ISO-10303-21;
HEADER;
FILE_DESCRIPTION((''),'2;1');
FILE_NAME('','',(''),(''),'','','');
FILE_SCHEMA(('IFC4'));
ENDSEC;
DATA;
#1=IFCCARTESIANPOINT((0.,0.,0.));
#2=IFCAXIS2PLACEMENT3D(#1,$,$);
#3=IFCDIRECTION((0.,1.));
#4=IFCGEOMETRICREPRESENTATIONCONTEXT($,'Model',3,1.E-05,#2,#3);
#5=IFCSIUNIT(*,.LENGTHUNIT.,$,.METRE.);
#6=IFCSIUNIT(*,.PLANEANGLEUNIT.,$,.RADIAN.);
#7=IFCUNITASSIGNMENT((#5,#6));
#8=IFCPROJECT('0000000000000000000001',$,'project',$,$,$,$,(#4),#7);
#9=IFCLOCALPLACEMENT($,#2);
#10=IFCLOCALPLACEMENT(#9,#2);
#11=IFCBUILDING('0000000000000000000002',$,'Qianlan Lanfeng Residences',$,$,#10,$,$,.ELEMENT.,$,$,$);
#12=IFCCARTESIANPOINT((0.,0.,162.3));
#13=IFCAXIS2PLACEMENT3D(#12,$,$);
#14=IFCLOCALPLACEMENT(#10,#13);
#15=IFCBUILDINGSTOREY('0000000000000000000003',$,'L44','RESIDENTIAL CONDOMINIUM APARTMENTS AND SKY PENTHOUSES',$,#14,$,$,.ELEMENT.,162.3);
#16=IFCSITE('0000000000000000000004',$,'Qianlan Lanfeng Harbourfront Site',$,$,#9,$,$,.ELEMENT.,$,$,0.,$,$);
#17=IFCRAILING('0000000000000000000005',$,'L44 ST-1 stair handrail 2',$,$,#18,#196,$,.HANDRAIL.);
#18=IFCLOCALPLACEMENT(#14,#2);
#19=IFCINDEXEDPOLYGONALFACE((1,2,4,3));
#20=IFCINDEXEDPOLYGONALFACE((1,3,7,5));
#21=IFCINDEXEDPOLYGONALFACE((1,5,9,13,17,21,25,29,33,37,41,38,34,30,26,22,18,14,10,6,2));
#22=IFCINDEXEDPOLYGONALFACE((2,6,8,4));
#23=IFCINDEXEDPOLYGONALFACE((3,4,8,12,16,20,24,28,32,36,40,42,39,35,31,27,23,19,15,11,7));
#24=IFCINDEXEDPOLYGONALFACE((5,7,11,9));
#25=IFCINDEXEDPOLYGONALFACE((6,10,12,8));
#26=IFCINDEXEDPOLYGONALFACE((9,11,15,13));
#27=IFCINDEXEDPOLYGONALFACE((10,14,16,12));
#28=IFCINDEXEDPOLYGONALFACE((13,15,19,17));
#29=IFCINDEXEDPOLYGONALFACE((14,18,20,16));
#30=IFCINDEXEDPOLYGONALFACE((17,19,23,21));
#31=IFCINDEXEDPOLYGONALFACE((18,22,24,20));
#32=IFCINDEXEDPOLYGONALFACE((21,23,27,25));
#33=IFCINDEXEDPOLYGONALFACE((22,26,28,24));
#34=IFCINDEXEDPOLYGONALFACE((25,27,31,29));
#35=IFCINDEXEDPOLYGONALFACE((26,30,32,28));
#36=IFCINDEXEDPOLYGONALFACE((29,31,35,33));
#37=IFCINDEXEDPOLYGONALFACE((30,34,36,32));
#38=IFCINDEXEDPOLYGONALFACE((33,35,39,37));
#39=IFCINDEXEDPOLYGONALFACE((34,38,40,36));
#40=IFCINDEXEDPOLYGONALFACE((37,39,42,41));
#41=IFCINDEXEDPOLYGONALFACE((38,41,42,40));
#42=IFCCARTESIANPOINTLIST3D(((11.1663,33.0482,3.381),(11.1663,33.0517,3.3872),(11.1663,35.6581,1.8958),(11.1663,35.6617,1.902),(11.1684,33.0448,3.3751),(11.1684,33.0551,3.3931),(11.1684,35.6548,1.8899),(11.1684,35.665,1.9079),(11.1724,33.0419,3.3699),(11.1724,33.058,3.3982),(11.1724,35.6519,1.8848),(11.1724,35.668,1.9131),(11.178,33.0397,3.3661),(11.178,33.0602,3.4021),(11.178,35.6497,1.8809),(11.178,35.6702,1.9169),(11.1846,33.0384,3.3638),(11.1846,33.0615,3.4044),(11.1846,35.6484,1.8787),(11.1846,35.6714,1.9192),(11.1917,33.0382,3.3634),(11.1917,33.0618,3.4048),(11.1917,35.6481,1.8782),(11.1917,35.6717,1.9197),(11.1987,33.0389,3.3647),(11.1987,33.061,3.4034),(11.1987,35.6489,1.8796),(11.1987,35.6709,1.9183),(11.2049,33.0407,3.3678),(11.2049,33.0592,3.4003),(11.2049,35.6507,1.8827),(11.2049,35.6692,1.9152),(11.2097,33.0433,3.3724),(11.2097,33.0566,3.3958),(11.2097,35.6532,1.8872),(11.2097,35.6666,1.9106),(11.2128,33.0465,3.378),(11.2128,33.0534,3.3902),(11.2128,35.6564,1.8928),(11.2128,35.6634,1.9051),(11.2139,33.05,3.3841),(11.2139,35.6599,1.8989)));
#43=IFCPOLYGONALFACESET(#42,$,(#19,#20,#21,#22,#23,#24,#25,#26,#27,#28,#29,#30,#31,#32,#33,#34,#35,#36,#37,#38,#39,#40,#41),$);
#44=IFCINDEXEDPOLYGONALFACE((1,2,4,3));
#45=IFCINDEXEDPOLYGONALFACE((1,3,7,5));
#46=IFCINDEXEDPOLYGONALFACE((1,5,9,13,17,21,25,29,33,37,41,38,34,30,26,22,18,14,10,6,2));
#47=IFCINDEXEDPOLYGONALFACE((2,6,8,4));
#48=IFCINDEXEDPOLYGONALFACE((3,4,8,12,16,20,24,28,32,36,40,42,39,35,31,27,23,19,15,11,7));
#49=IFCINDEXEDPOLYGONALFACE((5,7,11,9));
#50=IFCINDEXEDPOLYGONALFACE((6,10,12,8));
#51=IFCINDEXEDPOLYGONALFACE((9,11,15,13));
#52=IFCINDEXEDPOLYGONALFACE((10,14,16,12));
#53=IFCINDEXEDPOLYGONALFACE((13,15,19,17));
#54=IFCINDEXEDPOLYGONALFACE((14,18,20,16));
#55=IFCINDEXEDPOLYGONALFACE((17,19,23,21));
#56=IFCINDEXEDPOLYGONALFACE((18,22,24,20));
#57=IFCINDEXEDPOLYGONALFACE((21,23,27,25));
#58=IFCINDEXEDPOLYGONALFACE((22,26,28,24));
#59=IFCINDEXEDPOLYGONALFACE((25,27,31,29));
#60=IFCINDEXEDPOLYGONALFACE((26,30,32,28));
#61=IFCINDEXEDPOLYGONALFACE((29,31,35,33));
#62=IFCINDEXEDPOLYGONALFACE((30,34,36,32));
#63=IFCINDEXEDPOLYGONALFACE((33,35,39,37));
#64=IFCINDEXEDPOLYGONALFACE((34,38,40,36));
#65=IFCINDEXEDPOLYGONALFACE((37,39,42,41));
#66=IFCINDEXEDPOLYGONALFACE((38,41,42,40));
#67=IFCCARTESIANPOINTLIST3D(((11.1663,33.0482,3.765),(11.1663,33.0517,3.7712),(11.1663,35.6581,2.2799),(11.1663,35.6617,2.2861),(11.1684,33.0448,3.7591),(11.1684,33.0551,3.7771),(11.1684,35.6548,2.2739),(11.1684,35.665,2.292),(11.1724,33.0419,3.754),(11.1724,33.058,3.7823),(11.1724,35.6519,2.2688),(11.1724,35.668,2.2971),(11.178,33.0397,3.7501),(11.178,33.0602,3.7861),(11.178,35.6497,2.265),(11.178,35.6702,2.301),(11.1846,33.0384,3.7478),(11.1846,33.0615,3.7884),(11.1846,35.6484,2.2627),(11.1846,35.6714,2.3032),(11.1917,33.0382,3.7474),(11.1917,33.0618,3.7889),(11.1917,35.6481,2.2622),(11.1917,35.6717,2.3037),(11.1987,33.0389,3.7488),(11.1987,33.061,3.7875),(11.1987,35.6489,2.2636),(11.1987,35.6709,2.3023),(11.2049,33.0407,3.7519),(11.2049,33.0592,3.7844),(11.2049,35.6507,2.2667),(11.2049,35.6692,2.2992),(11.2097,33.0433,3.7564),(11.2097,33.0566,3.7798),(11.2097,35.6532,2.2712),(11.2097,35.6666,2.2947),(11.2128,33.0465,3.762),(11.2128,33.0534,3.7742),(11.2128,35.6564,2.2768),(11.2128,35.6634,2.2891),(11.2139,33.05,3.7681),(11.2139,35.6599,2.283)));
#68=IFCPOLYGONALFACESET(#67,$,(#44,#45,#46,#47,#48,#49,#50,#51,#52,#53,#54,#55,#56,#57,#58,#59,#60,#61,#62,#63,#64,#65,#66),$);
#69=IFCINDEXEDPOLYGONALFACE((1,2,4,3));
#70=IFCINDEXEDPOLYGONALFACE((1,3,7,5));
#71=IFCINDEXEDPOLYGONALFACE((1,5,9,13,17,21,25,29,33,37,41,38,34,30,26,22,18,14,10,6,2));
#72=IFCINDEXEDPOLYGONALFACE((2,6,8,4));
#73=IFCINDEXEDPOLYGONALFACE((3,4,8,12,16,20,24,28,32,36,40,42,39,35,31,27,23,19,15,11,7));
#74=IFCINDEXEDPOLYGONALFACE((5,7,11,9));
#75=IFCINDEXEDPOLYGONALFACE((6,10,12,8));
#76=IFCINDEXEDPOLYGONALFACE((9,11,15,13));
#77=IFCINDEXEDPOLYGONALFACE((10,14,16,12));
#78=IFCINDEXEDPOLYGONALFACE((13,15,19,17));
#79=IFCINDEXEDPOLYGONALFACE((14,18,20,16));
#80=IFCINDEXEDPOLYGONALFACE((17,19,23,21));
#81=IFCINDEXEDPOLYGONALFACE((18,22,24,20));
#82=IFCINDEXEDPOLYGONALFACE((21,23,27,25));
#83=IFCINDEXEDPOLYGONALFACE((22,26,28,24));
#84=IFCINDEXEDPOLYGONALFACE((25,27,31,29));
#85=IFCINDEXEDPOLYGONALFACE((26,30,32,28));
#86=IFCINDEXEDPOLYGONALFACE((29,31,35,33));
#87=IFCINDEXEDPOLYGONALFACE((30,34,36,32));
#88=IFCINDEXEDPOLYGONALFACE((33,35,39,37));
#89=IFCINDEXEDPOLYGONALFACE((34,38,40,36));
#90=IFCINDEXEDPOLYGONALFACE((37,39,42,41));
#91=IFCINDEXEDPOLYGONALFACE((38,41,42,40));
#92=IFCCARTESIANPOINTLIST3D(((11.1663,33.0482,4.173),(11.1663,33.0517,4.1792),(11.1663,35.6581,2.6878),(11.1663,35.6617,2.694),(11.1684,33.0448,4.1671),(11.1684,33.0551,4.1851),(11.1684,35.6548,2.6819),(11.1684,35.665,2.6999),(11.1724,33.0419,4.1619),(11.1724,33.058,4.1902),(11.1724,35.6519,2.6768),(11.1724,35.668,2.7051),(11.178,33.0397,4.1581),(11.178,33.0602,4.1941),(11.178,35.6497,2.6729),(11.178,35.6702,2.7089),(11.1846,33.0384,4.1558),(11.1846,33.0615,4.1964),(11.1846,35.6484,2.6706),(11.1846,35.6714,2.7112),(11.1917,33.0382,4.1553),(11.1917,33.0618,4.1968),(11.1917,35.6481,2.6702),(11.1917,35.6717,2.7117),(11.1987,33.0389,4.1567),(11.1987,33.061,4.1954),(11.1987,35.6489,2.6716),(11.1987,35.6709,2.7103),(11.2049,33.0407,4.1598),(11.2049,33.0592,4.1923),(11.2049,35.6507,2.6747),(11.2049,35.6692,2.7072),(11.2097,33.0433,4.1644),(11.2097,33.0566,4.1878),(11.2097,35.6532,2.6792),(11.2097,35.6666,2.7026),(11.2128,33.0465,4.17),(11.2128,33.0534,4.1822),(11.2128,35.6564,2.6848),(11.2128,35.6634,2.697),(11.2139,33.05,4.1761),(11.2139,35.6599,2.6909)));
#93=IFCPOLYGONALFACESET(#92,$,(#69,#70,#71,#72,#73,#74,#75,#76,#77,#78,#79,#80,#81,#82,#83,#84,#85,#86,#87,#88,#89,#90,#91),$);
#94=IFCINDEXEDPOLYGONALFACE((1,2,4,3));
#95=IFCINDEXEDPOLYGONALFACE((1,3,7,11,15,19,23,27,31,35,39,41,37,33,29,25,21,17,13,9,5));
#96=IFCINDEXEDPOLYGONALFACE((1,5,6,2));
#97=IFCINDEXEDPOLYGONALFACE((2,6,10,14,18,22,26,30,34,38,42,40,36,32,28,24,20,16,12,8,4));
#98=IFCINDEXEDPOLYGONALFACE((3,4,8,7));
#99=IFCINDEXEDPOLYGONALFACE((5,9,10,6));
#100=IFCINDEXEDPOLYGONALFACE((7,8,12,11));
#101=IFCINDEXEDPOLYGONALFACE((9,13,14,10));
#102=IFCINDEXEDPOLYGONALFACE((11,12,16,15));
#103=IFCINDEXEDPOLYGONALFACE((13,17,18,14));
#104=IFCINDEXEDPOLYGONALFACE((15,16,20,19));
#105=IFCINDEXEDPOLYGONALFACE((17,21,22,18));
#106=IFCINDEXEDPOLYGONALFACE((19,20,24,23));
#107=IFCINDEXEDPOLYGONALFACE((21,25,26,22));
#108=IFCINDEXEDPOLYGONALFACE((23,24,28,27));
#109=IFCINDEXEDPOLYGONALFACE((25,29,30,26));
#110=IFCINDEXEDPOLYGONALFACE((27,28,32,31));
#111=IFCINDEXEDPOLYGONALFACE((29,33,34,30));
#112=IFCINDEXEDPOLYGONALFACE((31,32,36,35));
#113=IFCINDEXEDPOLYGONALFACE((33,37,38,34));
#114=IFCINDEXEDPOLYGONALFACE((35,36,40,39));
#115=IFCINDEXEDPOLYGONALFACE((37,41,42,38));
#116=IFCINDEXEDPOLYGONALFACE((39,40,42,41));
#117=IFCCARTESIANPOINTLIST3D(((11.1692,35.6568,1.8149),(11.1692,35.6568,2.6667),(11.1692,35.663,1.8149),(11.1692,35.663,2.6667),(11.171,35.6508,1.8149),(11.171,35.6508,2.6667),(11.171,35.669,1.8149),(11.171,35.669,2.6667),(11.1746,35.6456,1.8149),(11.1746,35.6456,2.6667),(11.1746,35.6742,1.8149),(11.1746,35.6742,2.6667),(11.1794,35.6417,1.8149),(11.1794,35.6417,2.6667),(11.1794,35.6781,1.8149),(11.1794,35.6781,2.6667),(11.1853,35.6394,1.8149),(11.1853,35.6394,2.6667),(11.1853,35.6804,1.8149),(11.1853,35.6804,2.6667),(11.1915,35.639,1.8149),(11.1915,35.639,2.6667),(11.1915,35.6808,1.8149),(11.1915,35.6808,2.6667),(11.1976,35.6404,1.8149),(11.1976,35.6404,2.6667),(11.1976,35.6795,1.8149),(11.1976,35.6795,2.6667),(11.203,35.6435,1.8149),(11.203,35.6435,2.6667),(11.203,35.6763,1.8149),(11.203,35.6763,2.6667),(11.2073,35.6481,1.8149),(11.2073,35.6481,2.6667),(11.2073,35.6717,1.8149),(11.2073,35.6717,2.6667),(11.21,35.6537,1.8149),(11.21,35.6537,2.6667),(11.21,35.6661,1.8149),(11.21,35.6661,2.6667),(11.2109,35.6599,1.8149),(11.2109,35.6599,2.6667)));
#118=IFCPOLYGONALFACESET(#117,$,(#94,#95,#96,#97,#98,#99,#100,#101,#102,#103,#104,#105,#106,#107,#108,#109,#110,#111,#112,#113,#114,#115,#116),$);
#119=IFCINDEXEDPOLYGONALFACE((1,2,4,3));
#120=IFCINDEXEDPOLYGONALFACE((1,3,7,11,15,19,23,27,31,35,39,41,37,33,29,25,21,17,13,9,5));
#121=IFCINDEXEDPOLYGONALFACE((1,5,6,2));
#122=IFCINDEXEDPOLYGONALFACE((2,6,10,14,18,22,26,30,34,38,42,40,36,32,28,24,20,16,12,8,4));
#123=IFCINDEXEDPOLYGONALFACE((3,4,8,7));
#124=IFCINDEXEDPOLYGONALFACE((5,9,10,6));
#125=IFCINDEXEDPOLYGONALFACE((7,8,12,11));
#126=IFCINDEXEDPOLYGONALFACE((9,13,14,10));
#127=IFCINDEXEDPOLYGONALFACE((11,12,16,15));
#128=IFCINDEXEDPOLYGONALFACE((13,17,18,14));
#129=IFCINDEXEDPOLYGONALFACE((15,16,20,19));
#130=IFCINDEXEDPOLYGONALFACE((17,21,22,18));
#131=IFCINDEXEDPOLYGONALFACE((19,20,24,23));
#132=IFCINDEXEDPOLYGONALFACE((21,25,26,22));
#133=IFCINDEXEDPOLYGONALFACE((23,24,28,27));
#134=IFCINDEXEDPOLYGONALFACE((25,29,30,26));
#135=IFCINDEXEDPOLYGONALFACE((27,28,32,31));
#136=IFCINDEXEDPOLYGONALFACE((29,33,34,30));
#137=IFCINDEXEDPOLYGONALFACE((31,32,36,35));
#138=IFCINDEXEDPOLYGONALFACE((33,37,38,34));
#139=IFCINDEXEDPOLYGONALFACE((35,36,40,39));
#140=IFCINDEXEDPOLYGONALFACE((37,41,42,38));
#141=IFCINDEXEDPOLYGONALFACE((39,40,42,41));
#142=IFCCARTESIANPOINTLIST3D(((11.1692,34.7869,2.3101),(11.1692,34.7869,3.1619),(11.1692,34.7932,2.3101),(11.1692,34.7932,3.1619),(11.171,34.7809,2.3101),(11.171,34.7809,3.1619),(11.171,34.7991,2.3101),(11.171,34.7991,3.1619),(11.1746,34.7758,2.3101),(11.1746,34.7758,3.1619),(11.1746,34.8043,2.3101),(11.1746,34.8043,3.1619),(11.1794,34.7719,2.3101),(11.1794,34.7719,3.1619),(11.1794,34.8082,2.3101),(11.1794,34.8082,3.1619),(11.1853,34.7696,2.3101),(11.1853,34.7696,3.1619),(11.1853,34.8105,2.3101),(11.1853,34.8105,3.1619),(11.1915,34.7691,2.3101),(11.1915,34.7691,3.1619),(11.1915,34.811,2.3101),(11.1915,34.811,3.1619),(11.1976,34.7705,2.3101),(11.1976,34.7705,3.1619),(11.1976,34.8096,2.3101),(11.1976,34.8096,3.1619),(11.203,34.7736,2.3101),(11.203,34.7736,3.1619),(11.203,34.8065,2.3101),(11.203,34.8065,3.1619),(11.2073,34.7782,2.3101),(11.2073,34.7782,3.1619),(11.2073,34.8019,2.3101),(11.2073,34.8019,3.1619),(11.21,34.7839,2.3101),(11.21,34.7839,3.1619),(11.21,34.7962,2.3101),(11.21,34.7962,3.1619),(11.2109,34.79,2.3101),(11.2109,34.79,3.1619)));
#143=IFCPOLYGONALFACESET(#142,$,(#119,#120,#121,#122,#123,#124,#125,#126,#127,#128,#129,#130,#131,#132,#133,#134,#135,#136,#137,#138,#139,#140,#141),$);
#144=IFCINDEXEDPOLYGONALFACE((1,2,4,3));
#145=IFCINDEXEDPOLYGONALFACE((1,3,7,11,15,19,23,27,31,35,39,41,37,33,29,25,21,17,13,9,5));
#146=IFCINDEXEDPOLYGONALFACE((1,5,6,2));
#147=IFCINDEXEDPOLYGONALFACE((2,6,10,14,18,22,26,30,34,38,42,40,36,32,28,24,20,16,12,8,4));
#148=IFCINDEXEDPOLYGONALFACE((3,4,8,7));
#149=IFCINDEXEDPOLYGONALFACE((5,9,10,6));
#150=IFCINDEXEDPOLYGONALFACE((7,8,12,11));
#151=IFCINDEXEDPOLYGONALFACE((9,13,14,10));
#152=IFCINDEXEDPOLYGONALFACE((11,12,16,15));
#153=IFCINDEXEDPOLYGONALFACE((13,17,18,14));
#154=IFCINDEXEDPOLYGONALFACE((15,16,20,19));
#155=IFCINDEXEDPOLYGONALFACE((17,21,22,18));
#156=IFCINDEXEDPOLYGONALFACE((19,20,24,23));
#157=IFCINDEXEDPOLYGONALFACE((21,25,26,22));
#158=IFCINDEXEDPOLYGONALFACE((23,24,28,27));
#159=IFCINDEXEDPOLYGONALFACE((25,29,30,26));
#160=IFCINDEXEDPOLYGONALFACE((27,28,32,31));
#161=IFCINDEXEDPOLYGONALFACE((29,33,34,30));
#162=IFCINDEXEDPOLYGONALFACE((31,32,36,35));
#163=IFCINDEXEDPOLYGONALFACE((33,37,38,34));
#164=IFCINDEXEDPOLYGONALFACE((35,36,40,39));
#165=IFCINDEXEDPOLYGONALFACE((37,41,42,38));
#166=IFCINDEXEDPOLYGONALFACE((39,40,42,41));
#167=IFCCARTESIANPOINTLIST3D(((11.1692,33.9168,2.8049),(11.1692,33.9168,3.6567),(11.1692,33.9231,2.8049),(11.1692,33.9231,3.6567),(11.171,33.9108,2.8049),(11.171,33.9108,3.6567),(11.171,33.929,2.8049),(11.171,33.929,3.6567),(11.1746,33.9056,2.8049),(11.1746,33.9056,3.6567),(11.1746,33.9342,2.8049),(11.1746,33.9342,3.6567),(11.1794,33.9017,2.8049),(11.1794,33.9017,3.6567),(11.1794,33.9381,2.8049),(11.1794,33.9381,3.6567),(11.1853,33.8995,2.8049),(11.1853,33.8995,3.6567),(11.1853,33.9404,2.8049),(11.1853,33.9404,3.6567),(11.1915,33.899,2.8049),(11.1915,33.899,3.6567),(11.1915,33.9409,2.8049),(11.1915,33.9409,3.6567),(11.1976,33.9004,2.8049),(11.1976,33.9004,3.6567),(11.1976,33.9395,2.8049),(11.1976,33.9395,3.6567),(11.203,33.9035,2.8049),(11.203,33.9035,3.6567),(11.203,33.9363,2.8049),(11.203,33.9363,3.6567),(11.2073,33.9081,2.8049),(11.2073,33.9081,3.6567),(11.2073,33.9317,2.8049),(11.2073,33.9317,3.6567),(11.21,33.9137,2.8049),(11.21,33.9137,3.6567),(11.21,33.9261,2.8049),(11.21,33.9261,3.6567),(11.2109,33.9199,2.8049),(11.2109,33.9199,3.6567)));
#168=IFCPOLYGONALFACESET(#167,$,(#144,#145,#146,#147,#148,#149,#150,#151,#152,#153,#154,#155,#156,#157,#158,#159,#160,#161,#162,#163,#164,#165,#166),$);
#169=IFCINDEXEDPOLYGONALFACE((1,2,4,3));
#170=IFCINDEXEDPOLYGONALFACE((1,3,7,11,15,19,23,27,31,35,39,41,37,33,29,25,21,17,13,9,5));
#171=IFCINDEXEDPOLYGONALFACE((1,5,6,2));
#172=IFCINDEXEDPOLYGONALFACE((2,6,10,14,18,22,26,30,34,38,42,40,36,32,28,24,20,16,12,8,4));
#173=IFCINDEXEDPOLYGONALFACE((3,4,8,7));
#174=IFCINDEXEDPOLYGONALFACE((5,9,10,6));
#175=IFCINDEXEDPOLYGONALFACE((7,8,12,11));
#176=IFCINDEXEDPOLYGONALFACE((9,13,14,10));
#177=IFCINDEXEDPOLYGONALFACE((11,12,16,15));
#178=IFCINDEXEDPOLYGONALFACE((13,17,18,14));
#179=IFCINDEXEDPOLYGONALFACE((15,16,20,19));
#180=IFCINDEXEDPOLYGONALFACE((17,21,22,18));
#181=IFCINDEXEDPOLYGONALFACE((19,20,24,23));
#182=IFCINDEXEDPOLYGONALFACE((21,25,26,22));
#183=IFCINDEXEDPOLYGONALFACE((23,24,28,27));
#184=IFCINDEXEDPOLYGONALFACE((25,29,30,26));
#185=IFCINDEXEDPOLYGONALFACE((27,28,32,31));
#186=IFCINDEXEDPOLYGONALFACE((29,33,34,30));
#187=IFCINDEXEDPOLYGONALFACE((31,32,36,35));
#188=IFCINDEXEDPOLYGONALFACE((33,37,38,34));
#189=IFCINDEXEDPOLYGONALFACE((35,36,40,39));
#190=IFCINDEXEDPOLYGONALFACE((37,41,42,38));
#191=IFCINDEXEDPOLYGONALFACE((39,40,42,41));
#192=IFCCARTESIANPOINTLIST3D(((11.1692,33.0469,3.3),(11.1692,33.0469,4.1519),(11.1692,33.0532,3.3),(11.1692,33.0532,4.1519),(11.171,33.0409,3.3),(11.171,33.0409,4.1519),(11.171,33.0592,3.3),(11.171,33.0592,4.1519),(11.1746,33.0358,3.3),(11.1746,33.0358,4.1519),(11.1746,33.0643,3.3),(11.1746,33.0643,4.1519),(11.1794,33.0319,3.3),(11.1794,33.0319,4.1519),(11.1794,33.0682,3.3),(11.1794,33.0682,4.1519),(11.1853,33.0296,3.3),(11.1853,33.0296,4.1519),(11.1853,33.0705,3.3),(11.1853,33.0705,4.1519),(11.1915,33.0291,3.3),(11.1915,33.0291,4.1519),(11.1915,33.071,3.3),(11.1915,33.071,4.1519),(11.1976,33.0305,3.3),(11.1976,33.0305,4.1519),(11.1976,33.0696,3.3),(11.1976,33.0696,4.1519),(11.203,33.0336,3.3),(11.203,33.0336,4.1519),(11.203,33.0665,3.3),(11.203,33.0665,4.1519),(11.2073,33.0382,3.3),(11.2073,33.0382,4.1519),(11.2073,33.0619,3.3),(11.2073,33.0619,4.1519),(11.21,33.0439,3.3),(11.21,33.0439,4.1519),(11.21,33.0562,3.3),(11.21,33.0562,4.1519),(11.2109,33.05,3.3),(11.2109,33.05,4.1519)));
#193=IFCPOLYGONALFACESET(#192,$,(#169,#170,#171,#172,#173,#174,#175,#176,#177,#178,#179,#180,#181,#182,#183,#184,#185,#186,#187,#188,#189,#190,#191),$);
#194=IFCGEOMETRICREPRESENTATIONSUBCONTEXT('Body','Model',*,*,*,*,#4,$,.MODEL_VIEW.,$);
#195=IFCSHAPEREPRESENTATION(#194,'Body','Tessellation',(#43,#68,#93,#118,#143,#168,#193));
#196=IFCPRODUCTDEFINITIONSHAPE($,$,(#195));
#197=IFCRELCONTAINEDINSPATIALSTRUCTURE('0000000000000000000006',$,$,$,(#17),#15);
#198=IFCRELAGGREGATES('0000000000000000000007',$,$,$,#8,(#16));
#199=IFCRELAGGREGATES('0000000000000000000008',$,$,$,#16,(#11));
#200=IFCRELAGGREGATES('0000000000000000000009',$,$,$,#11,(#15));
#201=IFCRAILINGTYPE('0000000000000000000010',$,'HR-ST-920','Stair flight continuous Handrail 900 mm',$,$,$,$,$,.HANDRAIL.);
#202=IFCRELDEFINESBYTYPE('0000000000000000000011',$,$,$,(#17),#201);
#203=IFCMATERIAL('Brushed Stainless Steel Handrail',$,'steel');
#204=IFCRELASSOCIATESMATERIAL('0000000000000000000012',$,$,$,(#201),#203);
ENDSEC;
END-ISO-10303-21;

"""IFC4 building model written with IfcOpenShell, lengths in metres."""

from ifc_helpers import new_model, si_unit, direction, frame, origin, origin_2d, place, context, subcontext, project, spatial, circle, extrude, material, type_object, element, save


model = new_model("IFC4")

# Units and contexts
model_context = context("Model", 3, precision=1e-05, world=origin(), true_north=direction((0.0, 1.0)))
body_context = subcontext(model_context, "Body", "Model", "MODEL_VIEW")
ifc_project = project(units=[si_unit("LENGTHUNIT", "METRE"), si_unit("PLANEANGLEUNIT", "RADIAN")], contexts=[model_context])

# Site, building, storey
site_placement = place(None, origin())
site = spatial("IfcSite", under=ifc_project, at=site_placement, Name="Qianlan Lanfeng Harbourfront Site", CompositionType="ELEMENT", RefElevation=0.0)
building_placement = place(site_placement, origin())
building = spatial("IfcBuilding", under=site, at=building_placement, Name="Qianlan Lanfeng Residences", CompositionType="ELEMENT")
storey_placement = place(building_placement, frame((0.0, 0.0, 162.3)))
storey = spatial("IfcBuildingStorey", under=building, at=storey_placement, Name="L44", Description="RESIDENTIAL CONDOMINIUM APARTMENTS AND SKY PENTHOUSES", CompositionType="ELEMENT", Elevation=162.3)

# Railing
ifc_material_1 = material(Name="Brushed Stainless Steel Handrail", Category="steel")
railing_type_1 = type_object("IfcRailingType", Name="HR-ST-920", Description="Stair flight continuous Handrail 900 mm", PredefinedType="HANDRAIL", material=ifc_material_1)
railing_1_placement = place(storey_placement, frame((11.1899, 35.6599, 1.8149)))
element("IfcRailing", 1, at=railing_1_placement, inside=storey, type_object=railing_type_1, Name="L44 ST-1 stair handrail 2", PredefinedType="HANDRAIL", context=body_context, shape_type="SweptSolid", body=[
    extrude(circle(Radius=0.0239, at=origin_2d()), frame((0.0, 0.0, 0.084), z_axis=(0.0, -0.869137, 0.494571), x_axis=(1.0, 0.0, 0.0)), (0.0, 0.0, 1.0), 3.0029),
    extrude(circle(Radius=0.0239, at=origin_2d()), frame((0.0, 0.0, 0.468), z_axis=(0.0, -0.869137, 0.494571), x_axis=(1.0, 0.0, 0.0)), (0.0, 0.0, 1.0), 3.0029),
    extrude(circle(Radius=0.0239, at=origin_2d()), frame((0.0, 0.0, 0.876), z_axis=(0.0, -0.869137, 0.494571), x_axis=(1.0, 0.0, 0.0)), (0.0, 0.0, 1.0), 3.0029),
    extrude(circle(Radius=0.021, at=origin_2d()), origin(), (0.0, 0.0, 1.0), 0.8518),
    extrude(circle(Radius=0.021, at=origin_2d()), frame((0.0, -0.8699, 0.4951)), (0.0, 0.0, 1.0), 0.8518),
    extrude(circle(Radius=0.021, at=origin_2d()), frame((0.0, -1.74, 0.99)), (0.0, 0.0, 1.0), 0.8518),
    extrude(circle(Radius=0.021, at=origin_2d()), frame((0.0, -2.6099, 1.4851)), (0.0, 0.0, 1.0), 0.8518),
])

save(model, "model.ifc")
